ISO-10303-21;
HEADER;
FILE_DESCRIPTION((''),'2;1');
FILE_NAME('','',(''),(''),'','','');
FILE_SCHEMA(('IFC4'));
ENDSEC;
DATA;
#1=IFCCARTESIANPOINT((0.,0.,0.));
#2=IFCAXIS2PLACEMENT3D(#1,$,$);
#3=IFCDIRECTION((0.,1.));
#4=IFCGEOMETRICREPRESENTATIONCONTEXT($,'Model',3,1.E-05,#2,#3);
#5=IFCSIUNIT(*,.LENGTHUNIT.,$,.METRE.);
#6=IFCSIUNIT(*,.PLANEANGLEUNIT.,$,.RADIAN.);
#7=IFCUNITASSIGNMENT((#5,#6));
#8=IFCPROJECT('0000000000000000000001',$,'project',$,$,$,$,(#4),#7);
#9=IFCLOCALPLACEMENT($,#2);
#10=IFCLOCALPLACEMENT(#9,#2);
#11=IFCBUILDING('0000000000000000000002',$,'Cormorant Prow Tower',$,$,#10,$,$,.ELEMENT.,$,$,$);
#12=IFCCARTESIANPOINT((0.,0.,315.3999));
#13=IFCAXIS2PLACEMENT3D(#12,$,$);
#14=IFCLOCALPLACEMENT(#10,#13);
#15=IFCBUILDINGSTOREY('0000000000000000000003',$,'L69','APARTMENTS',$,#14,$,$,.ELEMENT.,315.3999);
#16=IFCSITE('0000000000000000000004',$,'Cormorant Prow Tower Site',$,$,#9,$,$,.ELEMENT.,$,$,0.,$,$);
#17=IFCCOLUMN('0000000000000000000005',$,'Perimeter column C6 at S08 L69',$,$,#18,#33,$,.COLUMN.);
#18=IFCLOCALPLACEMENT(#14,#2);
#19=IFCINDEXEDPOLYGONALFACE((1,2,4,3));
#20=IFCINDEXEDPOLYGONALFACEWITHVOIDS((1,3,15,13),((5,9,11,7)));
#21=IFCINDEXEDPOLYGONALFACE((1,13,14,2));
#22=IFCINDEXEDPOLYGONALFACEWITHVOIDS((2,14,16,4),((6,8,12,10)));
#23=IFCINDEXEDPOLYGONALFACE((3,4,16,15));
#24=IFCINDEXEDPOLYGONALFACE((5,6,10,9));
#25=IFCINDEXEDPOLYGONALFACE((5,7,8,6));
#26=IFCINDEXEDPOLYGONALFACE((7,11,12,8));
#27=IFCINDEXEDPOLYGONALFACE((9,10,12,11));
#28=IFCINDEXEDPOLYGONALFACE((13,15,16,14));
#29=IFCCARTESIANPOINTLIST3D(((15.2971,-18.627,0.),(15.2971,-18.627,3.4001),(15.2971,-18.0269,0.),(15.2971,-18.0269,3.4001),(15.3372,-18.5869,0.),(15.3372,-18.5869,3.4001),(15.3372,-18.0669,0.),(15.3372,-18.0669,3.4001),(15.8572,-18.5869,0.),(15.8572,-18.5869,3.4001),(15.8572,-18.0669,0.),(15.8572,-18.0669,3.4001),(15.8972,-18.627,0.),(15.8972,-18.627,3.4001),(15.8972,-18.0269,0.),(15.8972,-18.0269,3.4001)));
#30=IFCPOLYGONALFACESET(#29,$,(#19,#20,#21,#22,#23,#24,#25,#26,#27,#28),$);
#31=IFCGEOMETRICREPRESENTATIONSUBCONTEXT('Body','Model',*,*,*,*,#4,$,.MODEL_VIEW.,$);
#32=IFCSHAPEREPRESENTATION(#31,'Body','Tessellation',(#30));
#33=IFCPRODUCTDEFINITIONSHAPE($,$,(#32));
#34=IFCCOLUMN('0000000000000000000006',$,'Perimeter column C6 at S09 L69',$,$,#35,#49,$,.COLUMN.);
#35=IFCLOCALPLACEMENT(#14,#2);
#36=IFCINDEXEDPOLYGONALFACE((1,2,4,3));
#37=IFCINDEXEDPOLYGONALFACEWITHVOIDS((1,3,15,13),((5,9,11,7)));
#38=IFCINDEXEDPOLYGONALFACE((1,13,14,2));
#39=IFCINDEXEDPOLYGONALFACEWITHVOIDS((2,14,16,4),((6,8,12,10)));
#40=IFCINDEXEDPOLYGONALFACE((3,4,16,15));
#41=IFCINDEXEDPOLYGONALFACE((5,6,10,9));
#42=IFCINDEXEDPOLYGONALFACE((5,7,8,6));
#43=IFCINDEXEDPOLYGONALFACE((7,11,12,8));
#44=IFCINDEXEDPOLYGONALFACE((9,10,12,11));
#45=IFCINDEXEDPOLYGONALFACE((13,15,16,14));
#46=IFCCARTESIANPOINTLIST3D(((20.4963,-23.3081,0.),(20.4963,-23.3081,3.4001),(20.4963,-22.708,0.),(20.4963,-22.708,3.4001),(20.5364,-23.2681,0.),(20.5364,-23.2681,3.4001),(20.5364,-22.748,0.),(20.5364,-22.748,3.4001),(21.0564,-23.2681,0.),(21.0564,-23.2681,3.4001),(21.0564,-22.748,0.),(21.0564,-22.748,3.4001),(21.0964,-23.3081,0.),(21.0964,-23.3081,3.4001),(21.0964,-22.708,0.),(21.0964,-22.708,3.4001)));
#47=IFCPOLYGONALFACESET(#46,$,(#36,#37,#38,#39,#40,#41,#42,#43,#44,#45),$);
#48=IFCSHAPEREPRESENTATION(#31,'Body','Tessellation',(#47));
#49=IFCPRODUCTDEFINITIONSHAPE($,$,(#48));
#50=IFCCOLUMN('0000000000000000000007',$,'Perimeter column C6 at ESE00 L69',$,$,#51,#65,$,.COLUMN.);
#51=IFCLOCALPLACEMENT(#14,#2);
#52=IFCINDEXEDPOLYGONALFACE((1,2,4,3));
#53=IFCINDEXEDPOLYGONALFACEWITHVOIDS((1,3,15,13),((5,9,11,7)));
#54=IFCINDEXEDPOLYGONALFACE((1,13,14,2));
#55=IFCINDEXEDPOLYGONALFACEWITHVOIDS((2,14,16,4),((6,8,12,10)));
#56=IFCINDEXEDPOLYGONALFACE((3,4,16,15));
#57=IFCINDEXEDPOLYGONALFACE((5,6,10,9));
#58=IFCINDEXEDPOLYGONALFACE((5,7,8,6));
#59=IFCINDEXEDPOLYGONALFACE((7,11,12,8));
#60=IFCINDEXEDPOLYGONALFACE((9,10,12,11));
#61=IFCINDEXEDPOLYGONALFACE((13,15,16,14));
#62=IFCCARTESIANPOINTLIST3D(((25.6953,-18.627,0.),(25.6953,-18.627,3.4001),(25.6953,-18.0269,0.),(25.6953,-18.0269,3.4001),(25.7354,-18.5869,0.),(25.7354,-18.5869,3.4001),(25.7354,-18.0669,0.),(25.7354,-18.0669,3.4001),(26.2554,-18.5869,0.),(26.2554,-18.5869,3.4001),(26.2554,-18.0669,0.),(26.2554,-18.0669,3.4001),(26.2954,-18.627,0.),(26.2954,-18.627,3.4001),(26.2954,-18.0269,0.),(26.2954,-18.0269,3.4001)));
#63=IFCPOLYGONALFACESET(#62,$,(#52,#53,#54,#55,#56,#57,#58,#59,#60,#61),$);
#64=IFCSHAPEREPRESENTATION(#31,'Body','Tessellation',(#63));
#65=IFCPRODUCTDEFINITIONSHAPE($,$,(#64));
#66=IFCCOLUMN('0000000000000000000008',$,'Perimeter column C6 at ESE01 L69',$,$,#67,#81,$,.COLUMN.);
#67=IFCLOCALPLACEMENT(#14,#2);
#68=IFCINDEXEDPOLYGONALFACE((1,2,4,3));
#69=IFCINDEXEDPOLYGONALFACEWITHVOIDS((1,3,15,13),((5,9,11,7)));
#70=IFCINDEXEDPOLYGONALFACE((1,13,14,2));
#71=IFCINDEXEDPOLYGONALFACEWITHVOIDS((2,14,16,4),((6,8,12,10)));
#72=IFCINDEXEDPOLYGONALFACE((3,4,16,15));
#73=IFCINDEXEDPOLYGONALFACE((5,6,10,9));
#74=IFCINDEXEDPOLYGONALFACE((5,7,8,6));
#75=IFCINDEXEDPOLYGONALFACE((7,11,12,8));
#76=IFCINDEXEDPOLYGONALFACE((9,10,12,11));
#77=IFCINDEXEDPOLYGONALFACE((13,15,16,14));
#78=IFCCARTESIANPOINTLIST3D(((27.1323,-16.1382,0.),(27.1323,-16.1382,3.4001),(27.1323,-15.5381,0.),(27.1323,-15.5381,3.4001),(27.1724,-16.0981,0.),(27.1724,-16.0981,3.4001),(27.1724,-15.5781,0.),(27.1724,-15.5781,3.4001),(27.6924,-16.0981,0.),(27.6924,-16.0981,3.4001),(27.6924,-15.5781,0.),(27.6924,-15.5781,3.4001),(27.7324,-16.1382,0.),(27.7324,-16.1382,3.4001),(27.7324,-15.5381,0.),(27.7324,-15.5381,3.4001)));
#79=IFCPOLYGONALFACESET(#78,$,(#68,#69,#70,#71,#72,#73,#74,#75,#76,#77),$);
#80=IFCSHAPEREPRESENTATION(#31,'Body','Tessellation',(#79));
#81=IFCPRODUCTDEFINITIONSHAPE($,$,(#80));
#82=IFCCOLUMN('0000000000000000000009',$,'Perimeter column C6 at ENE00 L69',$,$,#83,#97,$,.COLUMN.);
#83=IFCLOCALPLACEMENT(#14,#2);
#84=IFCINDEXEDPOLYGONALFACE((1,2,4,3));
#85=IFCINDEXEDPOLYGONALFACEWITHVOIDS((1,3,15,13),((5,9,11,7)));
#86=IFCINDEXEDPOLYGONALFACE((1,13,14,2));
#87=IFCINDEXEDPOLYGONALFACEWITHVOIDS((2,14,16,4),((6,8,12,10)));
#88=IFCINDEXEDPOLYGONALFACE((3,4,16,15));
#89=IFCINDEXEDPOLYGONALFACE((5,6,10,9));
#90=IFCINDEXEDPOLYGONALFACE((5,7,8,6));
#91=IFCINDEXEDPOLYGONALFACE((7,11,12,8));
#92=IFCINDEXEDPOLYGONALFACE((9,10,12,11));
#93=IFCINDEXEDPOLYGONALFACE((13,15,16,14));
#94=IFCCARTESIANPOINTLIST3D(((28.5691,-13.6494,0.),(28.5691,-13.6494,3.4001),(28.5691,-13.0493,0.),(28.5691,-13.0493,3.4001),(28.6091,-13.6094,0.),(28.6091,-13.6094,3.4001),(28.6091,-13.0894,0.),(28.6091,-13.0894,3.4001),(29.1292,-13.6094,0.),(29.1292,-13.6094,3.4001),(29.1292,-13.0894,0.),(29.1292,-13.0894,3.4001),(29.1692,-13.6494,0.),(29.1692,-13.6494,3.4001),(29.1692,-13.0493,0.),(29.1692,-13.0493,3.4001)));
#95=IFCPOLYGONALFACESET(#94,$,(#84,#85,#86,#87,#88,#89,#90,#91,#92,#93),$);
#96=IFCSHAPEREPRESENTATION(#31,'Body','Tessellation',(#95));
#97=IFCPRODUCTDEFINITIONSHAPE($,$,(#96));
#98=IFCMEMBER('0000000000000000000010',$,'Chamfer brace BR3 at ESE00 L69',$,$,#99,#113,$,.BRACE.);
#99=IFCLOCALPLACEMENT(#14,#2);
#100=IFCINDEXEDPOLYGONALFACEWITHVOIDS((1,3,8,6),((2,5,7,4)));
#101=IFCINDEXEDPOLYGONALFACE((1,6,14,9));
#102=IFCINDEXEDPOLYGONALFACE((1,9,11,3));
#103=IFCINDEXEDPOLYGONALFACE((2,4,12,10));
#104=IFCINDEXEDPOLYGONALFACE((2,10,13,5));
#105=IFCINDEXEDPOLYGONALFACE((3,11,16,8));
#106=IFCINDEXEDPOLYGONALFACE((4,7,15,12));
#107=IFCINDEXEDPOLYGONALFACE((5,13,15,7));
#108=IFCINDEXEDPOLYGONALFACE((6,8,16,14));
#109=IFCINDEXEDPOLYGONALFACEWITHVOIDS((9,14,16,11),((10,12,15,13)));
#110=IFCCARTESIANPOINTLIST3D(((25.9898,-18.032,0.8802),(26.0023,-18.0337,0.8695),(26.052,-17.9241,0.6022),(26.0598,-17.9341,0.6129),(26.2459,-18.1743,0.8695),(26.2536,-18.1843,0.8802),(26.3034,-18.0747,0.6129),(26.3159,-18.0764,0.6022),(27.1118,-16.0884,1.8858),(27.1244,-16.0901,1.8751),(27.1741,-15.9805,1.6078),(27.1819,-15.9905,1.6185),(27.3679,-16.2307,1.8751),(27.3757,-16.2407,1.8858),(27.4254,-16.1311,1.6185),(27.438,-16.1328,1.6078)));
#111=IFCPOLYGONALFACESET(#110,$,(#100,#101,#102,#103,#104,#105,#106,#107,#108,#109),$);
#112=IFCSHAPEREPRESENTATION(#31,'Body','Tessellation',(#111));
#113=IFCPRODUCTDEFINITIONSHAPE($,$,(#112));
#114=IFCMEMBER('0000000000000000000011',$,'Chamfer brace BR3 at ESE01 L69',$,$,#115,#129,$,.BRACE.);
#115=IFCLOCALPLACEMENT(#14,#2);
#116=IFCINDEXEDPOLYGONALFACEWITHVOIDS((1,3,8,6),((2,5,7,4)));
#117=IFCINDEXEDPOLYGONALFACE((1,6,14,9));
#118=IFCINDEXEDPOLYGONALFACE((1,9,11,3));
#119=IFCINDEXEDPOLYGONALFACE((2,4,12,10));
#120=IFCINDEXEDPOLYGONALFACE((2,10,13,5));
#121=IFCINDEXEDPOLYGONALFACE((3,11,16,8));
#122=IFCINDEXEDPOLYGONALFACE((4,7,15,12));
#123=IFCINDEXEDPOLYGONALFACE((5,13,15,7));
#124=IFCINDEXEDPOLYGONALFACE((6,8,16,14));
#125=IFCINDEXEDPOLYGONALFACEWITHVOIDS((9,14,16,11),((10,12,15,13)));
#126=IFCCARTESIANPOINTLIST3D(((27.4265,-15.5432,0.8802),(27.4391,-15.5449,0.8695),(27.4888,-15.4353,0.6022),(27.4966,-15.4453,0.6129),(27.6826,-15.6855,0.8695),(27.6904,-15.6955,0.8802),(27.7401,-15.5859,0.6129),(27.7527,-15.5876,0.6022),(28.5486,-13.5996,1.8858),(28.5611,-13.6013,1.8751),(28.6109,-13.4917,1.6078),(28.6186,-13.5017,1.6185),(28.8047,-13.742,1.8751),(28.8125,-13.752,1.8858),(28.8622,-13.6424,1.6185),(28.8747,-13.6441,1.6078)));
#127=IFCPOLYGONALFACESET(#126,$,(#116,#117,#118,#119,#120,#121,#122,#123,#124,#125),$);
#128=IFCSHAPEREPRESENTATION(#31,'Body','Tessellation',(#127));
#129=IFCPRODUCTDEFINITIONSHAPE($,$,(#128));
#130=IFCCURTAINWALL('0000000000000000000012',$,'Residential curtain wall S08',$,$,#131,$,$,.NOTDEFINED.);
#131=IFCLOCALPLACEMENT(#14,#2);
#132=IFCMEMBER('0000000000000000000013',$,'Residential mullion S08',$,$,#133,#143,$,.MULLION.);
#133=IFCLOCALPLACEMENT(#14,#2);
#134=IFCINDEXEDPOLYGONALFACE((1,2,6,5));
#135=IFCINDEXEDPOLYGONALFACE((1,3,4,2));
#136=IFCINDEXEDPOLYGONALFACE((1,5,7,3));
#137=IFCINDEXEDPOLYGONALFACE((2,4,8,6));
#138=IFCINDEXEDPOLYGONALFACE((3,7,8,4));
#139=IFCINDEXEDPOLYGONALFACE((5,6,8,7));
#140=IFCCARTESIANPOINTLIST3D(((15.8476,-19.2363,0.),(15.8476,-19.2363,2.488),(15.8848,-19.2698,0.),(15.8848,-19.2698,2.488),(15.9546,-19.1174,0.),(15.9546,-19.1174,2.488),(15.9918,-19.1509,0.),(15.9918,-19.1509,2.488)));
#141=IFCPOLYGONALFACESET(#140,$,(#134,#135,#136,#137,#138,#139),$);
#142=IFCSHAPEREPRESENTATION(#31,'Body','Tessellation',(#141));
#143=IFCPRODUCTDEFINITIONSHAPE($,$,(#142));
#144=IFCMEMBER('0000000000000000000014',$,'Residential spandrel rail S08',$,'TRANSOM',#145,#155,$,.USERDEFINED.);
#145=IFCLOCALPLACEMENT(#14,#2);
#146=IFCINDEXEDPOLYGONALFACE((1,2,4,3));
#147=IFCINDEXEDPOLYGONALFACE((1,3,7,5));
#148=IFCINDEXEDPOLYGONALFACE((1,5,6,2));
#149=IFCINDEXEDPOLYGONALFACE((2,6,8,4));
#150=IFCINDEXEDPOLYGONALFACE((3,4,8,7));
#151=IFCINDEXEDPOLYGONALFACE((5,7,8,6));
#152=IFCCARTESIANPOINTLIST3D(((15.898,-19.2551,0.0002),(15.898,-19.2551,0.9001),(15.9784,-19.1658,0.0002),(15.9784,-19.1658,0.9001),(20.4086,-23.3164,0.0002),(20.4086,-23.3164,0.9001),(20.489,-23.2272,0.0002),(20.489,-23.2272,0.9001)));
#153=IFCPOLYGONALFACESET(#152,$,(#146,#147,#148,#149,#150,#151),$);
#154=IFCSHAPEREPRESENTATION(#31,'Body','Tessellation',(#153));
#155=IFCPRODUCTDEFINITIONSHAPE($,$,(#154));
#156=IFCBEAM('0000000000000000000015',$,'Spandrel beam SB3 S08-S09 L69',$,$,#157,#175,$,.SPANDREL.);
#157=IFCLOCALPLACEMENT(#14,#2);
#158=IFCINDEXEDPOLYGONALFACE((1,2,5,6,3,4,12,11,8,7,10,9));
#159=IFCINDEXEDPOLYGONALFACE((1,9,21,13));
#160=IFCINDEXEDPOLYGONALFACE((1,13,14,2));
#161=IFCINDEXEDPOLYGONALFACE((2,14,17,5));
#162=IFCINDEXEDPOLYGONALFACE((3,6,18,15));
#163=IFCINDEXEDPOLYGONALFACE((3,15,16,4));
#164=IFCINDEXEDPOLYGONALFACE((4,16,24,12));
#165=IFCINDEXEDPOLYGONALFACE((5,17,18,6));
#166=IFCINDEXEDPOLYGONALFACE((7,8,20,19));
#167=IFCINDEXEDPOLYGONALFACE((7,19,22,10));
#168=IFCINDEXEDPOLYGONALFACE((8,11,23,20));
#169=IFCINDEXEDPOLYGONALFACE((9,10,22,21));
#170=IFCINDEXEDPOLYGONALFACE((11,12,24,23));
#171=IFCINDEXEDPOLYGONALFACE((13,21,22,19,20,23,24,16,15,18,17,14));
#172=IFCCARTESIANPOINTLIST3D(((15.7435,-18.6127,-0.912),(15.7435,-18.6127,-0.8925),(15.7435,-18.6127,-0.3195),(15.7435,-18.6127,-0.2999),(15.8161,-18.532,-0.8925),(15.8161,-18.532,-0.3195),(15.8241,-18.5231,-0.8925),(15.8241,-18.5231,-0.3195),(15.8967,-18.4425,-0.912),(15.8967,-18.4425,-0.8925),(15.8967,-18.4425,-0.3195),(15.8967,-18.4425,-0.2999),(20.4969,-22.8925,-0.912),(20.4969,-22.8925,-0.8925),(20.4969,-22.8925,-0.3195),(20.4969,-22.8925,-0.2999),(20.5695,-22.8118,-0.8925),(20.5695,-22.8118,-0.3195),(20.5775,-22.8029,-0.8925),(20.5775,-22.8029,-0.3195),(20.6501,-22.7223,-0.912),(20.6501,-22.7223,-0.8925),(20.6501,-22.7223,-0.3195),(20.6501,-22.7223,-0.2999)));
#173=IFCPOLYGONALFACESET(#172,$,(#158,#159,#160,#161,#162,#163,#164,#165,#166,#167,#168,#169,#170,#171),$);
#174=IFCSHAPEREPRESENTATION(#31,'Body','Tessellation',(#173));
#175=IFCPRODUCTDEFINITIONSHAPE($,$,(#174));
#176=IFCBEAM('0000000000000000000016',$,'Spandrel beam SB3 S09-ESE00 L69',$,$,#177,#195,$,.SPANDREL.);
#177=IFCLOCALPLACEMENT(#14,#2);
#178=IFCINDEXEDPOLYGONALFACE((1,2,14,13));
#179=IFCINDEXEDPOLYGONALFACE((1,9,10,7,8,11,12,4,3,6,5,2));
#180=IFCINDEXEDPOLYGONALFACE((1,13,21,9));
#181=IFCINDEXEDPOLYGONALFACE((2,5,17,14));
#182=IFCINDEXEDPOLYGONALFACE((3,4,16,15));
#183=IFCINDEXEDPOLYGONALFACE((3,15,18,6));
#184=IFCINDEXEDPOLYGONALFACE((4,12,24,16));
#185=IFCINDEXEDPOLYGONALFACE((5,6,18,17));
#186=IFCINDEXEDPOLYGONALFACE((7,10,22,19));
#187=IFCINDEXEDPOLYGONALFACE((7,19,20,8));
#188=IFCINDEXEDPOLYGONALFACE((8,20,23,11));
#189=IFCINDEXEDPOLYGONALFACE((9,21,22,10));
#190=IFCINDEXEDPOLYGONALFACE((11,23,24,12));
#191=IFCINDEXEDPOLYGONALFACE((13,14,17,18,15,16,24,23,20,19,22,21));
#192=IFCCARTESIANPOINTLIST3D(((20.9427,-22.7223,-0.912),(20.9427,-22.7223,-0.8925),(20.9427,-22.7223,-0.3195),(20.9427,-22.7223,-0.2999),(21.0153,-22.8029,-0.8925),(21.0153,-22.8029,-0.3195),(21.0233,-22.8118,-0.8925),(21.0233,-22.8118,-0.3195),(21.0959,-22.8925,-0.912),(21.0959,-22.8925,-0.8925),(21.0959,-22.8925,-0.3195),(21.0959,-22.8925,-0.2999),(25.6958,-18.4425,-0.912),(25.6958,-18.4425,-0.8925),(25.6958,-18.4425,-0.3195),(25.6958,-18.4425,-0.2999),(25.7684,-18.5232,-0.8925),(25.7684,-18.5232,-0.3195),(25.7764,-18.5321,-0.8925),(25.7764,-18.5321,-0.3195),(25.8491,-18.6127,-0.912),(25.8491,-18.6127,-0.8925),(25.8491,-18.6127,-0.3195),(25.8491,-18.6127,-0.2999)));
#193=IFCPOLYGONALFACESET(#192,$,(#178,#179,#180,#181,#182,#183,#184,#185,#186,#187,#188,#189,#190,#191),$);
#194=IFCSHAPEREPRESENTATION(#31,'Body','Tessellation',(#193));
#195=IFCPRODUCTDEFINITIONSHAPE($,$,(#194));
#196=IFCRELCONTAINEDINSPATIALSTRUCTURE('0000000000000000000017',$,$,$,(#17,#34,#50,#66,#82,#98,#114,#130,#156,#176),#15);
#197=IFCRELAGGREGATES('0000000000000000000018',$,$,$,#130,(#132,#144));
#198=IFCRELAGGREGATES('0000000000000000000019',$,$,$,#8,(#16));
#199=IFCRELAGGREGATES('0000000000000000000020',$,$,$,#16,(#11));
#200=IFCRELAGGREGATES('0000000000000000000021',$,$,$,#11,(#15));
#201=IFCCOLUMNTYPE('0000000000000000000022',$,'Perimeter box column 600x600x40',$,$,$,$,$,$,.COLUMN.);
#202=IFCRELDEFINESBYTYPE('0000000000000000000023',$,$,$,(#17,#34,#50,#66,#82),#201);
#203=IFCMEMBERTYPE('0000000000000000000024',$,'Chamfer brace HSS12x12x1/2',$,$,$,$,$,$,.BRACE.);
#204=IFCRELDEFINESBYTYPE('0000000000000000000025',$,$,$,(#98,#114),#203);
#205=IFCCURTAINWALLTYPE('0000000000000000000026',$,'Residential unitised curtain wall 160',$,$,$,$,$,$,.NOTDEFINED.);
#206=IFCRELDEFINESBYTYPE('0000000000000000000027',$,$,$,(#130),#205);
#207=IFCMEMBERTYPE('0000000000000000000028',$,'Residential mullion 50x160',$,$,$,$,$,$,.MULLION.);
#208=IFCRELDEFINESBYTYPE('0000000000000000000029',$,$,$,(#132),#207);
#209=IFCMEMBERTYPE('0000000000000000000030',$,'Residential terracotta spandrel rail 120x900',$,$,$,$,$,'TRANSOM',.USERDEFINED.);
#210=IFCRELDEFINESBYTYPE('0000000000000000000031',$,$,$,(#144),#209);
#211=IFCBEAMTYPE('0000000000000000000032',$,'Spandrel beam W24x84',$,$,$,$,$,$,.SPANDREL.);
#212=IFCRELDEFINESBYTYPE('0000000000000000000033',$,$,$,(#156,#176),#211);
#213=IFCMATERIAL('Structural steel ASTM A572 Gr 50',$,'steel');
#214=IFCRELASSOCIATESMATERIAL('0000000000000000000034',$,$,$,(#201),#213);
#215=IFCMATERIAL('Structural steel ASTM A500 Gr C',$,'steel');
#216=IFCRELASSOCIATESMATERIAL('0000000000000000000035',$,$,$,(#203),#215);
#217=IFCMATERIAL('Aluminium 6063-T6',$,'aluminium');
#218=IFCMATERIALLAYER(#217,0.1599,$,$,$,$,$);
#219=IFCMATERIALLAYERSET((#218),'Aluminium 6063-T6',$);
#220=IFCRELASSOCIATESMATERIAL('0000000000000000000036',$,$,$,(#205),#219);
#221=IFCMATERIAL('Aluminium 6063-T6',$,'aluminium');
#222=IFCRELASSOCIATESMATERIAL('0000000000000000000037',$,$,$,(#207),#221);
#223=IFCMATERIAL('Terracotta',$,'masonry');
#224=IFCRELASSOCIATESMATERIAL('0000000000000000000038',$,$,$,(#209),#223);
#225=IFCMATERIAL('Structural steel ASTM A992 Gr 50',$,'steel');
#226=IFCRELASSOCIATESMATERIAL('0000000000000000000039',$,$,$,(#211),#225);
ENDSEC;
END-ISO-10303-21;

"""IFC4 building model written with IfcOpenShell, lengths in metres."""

from ifc_helpers import new_model, si_unit, direction, frame, origin, origin_2d, place, context, subcontext, project, spatial, rectangle, hollow_rectangle, i_section, extrude, material, layer, layer_set, material_profile, profile_set, type_object, element, aggregate, save


model = new_model("IFC4")

# Units and contexts
model_context = context("Model", 3, precision=1e-05, world=origin(), true_north=direction((0.0, 1.0)))
body_context = subcontext(model_context, "Body", "Model", "MODEL_VIEW")
ifc_project = project(units=[si_unit("LENGTHUNIT", "METRE"), si_unit("PLANEANGLEUNIT", "RADIAN")], contexts=[model_context])

# Site, building, storey
site_placement = place(None, origin())
site = spatial("IfcSite", under=ifc_project, at=site_placement, Name="Cormorant Prow Tower Site", CompositionType="ELEMENT", RefElevation=0.0)
building_placement = place(site_placement, origin())
building = spatial("IfcBuilding", under=site, at=building_placement, Name="Cormorant Prow Tower", CompositionType="ELEMENT")
storey_placement = place(building_placement, frame((0.0, 0.0, 315.3999)))
storey = spatial("IfcBuildingStorey", under=building, at=storey_placement, Name="L69", Description="APARTMENTS", CompositionType="ELEMENT", Elevation=315.3999)

# Columns
ifc_material_1 = material(Name="Structural steel ASTM A572 Gr 50", Category="steel")
ifc_material_profile_1 = material_profile(ifc_material_1, hollow_rectangle(XDim=0.6001, YDim=0.6001, WallThickness=0.04, at=origin_2d()), Name="Box 600x600x40")
ifc_profile_set_1 = profile_set([ifc_material_profile_1], Name="Structural steel ASTM A572 Gr 50")
column_type = type_object("IfcColumnType", Name="Perimeter box column 600x600x40", PredefinedType="COLUMN", material=ifc_profile_set_1)
for number, where, z_axis, x_axis, name in (
    (1, (15.5972, -18.3269, 0.0), (0.0, 0.0, 1.0), (1.0, 0.0, 0.0), "Perimeter column C6 at S08 L69"),
    (2, (20.7964, -23.0081, 0.0), (0.0, 0.0, 1.0), (1.0, 0.0, 0.0), "Perimeter column C6 at S09 L69"),
    (3, (25.9954, -18.3269, 0.0), (0.0, 0.0, 1.0), (1.0, 0.0, 0.0), "Perimeter column C6 at ESE00 L69"),
    (4, (27.4324, -15.8381, 0.0), (0.0, 0.0, 1.0), (1.0, 0.0, 0.0), "Perimeter column C6 at ESE01 L69"),
    (5, (28.8691, -13.3494, 0.0), (0.0, 0.0, 1.0), (1.0, 0.0, 0.0), "Perimeter column C6 at ENE00 L69"),
):
    element("IfcColumn", number, at=place(storey_placement, frame(where, z_axis=z_axis, x_axis=x_axis)), inside=storey, type_object=column_type, Name=name, PredefinedType="COLUMN", context=body_context, shape_type="SweptSolid", body=[
        extrude(hollow_rectangle(XDim=0.6001, YDim=0.6001, WallThickness=0.04, at=origin_2d()), origin(), (0.0, 0.0, 1.0), 3.4001),
    ])

# Members
ifc_material_2 = material(Name="Structural steel ASTM A500 Gr C", Category="steel")
ifc_material_profile_2 = material_profile(ifc_material_2, hollow_rectangle(XDim=0.3047, YDim=0.3047, WallThickness=0.0117, at=origin_2d()), Name="HSS12x12x1/2")
ifc_profile_set_2 = profile_set([ifc_material_profile_2], Name="Structural steel ASTM A500 Gr C")
member_type_1 = type_object("IfcMemberType", Name="Chamfer brace HSS12x12x1/2", PredefinedType="BRACE", material=ifc_profile_set_2)
for number, where, z_axis, x_axis, name in (
    (6, (26.1528, -18.0542, 0.7412), (0.456266, 0.790324, 0.408912), (-0.866039, 0.499977, 0.0), "Chamfer brace BR3 at ESE00 L69"),
    (7, (27.5896, -15.5654, 0.7412), (0.456266, 0.790324, 0.408912), (-0.866039, 0.499977, 0.0), "Chamfer brace BR3 at ESE01 L69"),
):
    element("IfcMember", number, at=place(storey_placement, frame(where, z_axis=z_axis, x_axis=x_axis)), inside=storey, type_object=member_type_1, Name=name, PredefinedType="BRACE", context=body_context, shape_type="SweptSolid", body=[
        extrude(hollow_rectangle(XDim=0.3047, YDim=0.3047, WallThickness=0.0117, at=origin_2d()), origin(), (0.0, 0.0, 1.0), 2.4592),
    ])

# Curtain wall, members
ifc_material_3 = material(Name="Aluminium 6063-T6", Category="aluminium")
ifc_layer_1 = layer(ifc_material_3, 0.1599)
ifc_layer_set_1 = layer_set([ifc_layer_1], Name="Aluminium 6063-T6")
curtain_wall_type = type_object("IfcCurtainWallType", Name="Residential unitised curtain wall 160", PredefinedType="NOTDEFINED", material=ifc_layer_set_1)
curtain_wall_placement = place(storey_placement, origin())
curtain_wall = element("IfcCurtainWall", 8, at=curtain_wall_placement, inside=storey, type_object=curtain_wall_type, Name="Residential curtain wall S08", PredefinedType="NOTDEFINED")
ifc_material_4 = material(Name="Aluminium 6063-T6", Category="aluminium")
ifc_material_profile_3 = material_profile(ifc_material_4, rectangle(XDim=0.1599, YDim=0.05, at=origin_2d()), Name="Residential mullion 50x160")
ifc_profile_set_3 = profile_set([ifc_material_profile_3], Name="Aluminium 6063-T6")
member_type_2 = type_object("IfcMemberType", Name="Residential mullion 50x160", PredefinedType="MULLION", material=ifc_profile_set_3)
member_1_placement = place(storey_placement, frame((15.9197, -19.1936, 0.0), z_axis=(0.0, 0.0, 1.0), x_axis=(0.669131, 0.743145, 0.0)))
member_1 = element("IfcMember", 9, at=member_1_placement, type_object=member_type_2, Name="Residential mullion S08", PredefinedType="MULLION", context=body_context, shape_type="SweptSolid", body=[
    extrude(rectangle(XDim=0.1599, YDim=0.05, at=origin_2d()), origin(), (0.0, 0.0, 1.0), 2.488),
])
ifc_material_5 = material(Name="Terracotta", Category="masonry")
ifc_material_profile_4 = material_profile(ifc_material_5, rectangle(XDim=0.1201, YDim=0.8999, at=origin_2d()), Name="Residential terracotta spandrel rail 120x900")
ifc_profile_set_4 = profile_set([ifc_material_profile_4], Name="Terracotta")
member_type_3 = type_object("IfcMemberType", Name="Residential terracotta spandrel rail 120x900", ElementType="TRANSOM", PredefinedType="USERDEFINED", material=ifc_profile_set_4)
member_2_placement = place(storey_placement, frame((15.9382, -19.2104, 0.4502), z_axis=(0.743144, -0.669131, 0.0), x_axis=(0.669131, 0.743144, 0.0)))
member_2 = element("IfcMember", 10, at=member_2_placement, type_object=member_type_3, Name="Residential spandrel rail S08", ObjectType="TRANSOM", PredefinedType="USERDEFINED", context=body_context, shape_type="SweptSolid", body=[
    extrude(rectangle(XDim=0.1201, YDim=0.8999, at=origin_2d()), origin(), (0.0, 0.0, 1.0), 6.0696),
])

# Beams
ifc_material_6 = material(Name="Structural steel ASTM A992 Gr 50", Category="steel")
ifc_material_profile_5 = material_profile(ifc_material_6, i_section(OverallWidth=0.229, OverallDepth=0.6121, WebThickness=0.012, FlangeThickness=0.0195, at=origin_2d()), Name="W24x84")
ifc_profile_set_5 = profile_set([ifc_material_profile_5], Name="Structural steel ASTM A992 Gr 50")
beam_type = type_object("IfcBeamType", Name="Spandrel beam W24x84", PredefinedType="SPANDREL", material=ifc_profile_set_5)
beam_1_placement = place(storey_placement, frame((15.8201, -18.5276, -0.606), z_axis=(0.743161, -0.669112, 0.0), x_axis=(0.669112, 0.743161, 0.0)))
element("IfcBeam", 11, at=beam_1_placement, inside=storey, type_object=beam_type, Name="Spandrel beam SB3 S08-S09 L69", PredefinedType="SPANDREL", context=body_context, shape_type="SweptSolid", body=[
    extrude(i_section(OverallWidth=0.229, OverallDepth=0.6121, WebThickness=0.012, FlangeThickness=0.0195, at=origin_2d()), origin(), (0.0, 0.0, 1.0), 6.3962),
])
beam_2_placement = place(storey_placement, frame((21.0193, -22.8074, -0.606), z_axis=(0.743144, 0.669131, 0.0), x_axis=(-0.669131, 0.743144, 0.0)))
element("IfcBeam", 12, at=beam_2_placement, inside=storey, type_object=beam_type, Name="Spandrel beam SB3 S09-ESE00 L69", PredefinedType="SPANDREL", context=body_context, shape_type="SweptSolid", body=[
    extrude(i_section(OverallWidth=0.229, OverallDepth=0.6121, WebThickness=0.012, FlangeThickness=0.0195, at=origin_2d()), origin(), (0.0, 0.0, 1.0), 6.396),
])

aggregate(curtain_wall, [member_1, member_2])

save(model, "model.ifc")
